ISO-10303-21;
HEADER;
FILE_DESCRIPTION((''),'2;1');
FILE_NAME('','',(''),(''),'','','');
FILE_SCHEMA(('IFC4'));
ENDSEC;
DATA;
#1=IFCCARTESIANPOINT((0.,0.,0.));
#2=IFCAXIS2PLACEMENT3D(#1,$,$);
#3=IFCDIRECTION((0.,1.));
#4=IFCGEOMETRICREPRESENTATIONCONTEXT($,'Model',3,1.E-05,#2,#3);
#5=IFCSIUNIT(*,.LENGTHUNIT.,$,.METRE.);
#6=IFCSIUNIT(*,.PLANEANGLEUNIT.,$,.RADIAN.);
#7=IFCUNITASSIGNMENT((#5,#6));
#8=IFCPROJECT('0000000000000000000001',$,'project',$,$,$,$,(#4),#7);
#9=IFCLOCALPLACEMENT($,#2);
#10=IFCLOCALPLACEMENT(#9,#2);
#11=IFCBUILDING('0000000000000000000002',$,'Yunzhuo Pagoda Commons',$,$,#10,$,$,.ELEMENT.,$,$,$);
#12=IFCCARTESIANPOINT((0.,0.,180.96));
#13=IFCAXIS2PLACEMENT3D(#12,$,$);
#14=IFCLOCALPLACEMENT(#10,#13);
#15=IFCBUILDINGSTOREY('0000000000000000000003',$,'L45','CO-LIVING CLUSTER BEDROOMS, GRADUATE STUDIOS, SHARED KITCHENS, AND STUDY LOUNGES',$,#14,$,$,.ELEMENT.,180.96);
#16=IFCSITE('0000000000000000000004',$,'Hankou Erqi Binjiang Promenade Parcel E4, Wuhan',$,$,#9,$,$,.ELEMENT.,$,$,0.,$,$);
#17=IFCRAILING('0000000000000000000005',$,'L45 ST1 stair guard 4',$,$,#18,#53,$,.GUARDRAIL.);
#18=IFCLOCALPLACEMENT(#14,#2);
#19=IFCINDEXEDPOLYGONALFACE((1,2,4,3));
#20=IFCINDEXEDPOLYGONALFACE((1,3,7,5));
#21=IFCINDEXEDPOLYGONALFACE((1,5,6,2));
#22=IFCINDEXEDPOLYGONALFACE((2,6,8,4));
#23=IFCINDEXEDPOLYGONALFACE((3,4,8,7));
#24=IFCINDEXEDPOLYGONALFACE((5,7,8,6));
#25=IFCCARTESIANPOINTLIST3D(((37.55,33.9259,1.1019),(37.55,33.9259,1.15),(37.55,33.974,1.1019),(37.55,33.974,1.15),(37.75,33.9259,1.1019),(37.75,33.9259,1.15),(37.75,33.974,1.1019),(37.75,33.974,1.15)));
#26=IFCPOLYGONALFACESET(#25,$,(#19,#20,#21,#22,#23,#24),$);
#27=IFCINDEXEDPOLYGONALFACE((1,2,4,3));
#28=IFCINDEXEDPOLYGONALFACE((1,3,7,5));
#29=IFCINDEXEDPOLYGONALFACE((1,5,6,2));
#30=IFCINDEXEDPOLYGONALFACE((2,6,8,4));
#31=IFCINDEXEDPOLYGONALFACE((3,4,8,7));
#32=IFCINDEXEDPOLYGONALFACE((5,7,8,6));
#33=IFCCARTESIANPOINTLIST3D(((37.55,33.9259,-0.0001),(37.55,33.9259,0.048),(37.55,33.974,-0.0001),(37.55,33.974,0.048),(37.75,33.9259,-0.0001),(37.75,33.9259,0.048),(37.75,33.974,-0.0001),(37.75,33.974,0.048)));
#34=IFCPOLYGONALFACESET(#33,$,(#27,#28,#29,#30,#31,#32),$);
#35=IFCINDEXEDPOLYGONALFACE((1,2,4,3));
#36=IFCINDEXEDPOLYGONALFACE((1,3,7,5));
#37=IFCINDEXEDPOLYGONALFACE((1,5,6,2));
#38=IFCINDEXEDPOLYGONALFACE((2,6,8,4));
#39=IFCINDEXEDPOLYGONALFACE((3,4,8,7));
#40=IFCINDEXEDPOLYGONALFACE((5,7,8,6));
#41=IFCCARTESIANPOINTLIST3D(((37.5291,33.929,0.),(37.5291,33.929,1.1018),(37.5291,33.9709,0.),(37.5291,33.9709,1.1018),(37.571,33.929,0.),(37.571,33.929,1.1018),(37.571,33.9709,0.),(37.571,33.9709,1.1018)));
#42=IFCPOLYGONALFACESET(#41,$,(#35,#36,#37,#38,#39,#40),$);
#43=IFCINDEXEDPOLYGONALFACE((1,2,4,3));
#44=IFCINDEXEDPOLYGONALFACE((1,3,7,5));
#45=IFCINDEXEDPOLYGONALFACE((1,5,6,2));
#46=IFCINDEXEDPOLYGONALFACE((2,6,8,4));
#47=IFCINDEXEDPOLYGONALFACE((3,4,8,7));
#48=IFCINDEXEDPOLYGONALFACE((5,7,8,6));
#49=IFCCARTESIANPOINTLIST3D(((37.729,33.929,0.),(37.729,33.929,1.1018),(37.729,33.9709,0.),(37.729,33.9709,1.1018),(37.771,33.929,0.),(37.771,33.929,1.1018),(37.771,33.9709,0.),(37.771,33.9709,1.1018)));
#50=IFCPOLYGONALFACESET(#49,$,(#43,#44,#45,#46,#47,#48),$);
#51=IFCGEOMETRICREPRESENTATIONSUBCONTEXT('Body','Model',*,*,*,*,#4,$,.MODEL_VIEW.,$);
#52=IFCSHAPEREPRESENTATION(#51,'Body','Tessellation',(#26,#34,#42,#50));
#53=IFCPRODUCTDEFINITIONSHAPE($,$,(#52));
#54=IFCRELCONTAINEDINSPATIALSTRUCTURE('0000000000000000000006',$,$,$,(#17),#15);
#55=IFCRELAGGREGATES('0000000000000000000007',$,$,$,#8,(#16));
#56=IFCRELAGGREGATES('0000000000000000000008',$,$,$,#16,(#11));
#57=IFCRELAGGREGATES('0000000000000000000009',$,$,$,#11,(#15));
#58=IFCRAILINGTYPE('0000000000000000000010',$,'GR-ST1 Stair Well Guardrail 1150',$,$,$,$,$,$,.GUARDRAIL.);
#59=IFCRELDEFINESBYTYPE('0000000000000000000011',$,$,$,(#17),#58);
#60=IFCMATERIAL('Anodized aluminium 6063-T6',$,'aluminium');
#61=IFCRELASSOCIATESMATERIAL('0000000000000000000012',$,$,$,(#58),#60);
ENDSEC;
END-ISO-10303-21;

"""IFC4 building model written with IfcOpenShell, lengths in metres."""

from ifc_helpers import new_model, si_unit, direction, frame, origin, origin_2d, place, context, subcontext, project, spatial, rectangle, extrude, material, type_object, element, save


model = new_model("IFC4")

# Units and contexts
model_context = context("Model", 3, precision=1e-05, world=origin(), true_north=direction((0.0, 1.0)))
body_context = subcontext(model_context, "Body", "Model", "MODEL_VIEW")
ifc_project = project(units=[si_unit("LENGTHUNIT", "METRE"), si_unit("PLANEANGLEUNIT", "RADIAN")], contexts=[model_context])

# Site, building, storey
site_placement = place(None, origin())
site = spatial("IfcSite", under=ifc_project, at=site_placement, Name="Hankou Erqi Binjiang Promenade Parcel E4, Wuhan", CompositionType="ELEMENT", RefElevation=0.0)
building_placement = place(site_placement, origin())
building = spatial("IfcBuilding", under=site, at=building_placement, Name="Yunzhuo Pagoda Commons", CompositionType="ELEMENT")
storey_placement = place(building_placement, frame((0.0, 0.0, 180.96)))
storey = spatial("IfcBuildingStorey", under=building, at=storey_placement, Name="L45", Description="CO-LIVING CLUSTER BEDROOMS, GRADUATE STUDIOS, SHARED KITCHENS, AND STUDY LOUNGES", CompositionType="ELEMENT", Elevation=180.96)

# Railing
ifc_material_1 = material(Name="Anodized aluminium 6063-T6", Category="aluminium")
railing_type = type_object("IfcRailingType", Name="GR-ST1 Stair Well Guardrail 1150", PredefinedType="GUARDRAIL", material=ifc_material_1)
railing_placement = place(storey_placement, frame((37.55, 33.95, 0.0)))
element("IfcRailing", 1, at=railing_placement, inside=storey, type_object=railing_type, Name="L45 ST1 stair guard 4", PredefinedType="GUARDRAIL", context=body_context, shape_type="SweptSolid", body=[
    extrude(rectangle(XDim=0.0481, YDim=0.0481, at=origin_2d()), frame((0.0, 0.0, 1.126), z_axis=(1.0, 0.0, 0.0), x_axis=(0.0, 1.0, 0.0)), (0.0, 0.0, 1.0), 0.2),
    extrude(rectangle(XDim=0.0481, YDim=0.0481, at=origin_2d()), frame((0.0, 0.0, 0.0239), z_axis=(1.0, 0.0, 0.0), x_axis=(0.0, 1.0, 0.0)), (0.0, 0.0, 1.0), 0.2),
    extrude(rectangle(XDim=0.042, YDim=0.042, at=origin_2d()), origin(), (0.0, 0.0, 1.0), 1.1018),
    extrude(rectangle(XDim=0.042, YDim=0.042, at=origin_2d()), frame((0.2, 0.0, 0.0)), (0.0, 0.0, 1.0), 1.1018),
])

save(model, "model.ifc")
